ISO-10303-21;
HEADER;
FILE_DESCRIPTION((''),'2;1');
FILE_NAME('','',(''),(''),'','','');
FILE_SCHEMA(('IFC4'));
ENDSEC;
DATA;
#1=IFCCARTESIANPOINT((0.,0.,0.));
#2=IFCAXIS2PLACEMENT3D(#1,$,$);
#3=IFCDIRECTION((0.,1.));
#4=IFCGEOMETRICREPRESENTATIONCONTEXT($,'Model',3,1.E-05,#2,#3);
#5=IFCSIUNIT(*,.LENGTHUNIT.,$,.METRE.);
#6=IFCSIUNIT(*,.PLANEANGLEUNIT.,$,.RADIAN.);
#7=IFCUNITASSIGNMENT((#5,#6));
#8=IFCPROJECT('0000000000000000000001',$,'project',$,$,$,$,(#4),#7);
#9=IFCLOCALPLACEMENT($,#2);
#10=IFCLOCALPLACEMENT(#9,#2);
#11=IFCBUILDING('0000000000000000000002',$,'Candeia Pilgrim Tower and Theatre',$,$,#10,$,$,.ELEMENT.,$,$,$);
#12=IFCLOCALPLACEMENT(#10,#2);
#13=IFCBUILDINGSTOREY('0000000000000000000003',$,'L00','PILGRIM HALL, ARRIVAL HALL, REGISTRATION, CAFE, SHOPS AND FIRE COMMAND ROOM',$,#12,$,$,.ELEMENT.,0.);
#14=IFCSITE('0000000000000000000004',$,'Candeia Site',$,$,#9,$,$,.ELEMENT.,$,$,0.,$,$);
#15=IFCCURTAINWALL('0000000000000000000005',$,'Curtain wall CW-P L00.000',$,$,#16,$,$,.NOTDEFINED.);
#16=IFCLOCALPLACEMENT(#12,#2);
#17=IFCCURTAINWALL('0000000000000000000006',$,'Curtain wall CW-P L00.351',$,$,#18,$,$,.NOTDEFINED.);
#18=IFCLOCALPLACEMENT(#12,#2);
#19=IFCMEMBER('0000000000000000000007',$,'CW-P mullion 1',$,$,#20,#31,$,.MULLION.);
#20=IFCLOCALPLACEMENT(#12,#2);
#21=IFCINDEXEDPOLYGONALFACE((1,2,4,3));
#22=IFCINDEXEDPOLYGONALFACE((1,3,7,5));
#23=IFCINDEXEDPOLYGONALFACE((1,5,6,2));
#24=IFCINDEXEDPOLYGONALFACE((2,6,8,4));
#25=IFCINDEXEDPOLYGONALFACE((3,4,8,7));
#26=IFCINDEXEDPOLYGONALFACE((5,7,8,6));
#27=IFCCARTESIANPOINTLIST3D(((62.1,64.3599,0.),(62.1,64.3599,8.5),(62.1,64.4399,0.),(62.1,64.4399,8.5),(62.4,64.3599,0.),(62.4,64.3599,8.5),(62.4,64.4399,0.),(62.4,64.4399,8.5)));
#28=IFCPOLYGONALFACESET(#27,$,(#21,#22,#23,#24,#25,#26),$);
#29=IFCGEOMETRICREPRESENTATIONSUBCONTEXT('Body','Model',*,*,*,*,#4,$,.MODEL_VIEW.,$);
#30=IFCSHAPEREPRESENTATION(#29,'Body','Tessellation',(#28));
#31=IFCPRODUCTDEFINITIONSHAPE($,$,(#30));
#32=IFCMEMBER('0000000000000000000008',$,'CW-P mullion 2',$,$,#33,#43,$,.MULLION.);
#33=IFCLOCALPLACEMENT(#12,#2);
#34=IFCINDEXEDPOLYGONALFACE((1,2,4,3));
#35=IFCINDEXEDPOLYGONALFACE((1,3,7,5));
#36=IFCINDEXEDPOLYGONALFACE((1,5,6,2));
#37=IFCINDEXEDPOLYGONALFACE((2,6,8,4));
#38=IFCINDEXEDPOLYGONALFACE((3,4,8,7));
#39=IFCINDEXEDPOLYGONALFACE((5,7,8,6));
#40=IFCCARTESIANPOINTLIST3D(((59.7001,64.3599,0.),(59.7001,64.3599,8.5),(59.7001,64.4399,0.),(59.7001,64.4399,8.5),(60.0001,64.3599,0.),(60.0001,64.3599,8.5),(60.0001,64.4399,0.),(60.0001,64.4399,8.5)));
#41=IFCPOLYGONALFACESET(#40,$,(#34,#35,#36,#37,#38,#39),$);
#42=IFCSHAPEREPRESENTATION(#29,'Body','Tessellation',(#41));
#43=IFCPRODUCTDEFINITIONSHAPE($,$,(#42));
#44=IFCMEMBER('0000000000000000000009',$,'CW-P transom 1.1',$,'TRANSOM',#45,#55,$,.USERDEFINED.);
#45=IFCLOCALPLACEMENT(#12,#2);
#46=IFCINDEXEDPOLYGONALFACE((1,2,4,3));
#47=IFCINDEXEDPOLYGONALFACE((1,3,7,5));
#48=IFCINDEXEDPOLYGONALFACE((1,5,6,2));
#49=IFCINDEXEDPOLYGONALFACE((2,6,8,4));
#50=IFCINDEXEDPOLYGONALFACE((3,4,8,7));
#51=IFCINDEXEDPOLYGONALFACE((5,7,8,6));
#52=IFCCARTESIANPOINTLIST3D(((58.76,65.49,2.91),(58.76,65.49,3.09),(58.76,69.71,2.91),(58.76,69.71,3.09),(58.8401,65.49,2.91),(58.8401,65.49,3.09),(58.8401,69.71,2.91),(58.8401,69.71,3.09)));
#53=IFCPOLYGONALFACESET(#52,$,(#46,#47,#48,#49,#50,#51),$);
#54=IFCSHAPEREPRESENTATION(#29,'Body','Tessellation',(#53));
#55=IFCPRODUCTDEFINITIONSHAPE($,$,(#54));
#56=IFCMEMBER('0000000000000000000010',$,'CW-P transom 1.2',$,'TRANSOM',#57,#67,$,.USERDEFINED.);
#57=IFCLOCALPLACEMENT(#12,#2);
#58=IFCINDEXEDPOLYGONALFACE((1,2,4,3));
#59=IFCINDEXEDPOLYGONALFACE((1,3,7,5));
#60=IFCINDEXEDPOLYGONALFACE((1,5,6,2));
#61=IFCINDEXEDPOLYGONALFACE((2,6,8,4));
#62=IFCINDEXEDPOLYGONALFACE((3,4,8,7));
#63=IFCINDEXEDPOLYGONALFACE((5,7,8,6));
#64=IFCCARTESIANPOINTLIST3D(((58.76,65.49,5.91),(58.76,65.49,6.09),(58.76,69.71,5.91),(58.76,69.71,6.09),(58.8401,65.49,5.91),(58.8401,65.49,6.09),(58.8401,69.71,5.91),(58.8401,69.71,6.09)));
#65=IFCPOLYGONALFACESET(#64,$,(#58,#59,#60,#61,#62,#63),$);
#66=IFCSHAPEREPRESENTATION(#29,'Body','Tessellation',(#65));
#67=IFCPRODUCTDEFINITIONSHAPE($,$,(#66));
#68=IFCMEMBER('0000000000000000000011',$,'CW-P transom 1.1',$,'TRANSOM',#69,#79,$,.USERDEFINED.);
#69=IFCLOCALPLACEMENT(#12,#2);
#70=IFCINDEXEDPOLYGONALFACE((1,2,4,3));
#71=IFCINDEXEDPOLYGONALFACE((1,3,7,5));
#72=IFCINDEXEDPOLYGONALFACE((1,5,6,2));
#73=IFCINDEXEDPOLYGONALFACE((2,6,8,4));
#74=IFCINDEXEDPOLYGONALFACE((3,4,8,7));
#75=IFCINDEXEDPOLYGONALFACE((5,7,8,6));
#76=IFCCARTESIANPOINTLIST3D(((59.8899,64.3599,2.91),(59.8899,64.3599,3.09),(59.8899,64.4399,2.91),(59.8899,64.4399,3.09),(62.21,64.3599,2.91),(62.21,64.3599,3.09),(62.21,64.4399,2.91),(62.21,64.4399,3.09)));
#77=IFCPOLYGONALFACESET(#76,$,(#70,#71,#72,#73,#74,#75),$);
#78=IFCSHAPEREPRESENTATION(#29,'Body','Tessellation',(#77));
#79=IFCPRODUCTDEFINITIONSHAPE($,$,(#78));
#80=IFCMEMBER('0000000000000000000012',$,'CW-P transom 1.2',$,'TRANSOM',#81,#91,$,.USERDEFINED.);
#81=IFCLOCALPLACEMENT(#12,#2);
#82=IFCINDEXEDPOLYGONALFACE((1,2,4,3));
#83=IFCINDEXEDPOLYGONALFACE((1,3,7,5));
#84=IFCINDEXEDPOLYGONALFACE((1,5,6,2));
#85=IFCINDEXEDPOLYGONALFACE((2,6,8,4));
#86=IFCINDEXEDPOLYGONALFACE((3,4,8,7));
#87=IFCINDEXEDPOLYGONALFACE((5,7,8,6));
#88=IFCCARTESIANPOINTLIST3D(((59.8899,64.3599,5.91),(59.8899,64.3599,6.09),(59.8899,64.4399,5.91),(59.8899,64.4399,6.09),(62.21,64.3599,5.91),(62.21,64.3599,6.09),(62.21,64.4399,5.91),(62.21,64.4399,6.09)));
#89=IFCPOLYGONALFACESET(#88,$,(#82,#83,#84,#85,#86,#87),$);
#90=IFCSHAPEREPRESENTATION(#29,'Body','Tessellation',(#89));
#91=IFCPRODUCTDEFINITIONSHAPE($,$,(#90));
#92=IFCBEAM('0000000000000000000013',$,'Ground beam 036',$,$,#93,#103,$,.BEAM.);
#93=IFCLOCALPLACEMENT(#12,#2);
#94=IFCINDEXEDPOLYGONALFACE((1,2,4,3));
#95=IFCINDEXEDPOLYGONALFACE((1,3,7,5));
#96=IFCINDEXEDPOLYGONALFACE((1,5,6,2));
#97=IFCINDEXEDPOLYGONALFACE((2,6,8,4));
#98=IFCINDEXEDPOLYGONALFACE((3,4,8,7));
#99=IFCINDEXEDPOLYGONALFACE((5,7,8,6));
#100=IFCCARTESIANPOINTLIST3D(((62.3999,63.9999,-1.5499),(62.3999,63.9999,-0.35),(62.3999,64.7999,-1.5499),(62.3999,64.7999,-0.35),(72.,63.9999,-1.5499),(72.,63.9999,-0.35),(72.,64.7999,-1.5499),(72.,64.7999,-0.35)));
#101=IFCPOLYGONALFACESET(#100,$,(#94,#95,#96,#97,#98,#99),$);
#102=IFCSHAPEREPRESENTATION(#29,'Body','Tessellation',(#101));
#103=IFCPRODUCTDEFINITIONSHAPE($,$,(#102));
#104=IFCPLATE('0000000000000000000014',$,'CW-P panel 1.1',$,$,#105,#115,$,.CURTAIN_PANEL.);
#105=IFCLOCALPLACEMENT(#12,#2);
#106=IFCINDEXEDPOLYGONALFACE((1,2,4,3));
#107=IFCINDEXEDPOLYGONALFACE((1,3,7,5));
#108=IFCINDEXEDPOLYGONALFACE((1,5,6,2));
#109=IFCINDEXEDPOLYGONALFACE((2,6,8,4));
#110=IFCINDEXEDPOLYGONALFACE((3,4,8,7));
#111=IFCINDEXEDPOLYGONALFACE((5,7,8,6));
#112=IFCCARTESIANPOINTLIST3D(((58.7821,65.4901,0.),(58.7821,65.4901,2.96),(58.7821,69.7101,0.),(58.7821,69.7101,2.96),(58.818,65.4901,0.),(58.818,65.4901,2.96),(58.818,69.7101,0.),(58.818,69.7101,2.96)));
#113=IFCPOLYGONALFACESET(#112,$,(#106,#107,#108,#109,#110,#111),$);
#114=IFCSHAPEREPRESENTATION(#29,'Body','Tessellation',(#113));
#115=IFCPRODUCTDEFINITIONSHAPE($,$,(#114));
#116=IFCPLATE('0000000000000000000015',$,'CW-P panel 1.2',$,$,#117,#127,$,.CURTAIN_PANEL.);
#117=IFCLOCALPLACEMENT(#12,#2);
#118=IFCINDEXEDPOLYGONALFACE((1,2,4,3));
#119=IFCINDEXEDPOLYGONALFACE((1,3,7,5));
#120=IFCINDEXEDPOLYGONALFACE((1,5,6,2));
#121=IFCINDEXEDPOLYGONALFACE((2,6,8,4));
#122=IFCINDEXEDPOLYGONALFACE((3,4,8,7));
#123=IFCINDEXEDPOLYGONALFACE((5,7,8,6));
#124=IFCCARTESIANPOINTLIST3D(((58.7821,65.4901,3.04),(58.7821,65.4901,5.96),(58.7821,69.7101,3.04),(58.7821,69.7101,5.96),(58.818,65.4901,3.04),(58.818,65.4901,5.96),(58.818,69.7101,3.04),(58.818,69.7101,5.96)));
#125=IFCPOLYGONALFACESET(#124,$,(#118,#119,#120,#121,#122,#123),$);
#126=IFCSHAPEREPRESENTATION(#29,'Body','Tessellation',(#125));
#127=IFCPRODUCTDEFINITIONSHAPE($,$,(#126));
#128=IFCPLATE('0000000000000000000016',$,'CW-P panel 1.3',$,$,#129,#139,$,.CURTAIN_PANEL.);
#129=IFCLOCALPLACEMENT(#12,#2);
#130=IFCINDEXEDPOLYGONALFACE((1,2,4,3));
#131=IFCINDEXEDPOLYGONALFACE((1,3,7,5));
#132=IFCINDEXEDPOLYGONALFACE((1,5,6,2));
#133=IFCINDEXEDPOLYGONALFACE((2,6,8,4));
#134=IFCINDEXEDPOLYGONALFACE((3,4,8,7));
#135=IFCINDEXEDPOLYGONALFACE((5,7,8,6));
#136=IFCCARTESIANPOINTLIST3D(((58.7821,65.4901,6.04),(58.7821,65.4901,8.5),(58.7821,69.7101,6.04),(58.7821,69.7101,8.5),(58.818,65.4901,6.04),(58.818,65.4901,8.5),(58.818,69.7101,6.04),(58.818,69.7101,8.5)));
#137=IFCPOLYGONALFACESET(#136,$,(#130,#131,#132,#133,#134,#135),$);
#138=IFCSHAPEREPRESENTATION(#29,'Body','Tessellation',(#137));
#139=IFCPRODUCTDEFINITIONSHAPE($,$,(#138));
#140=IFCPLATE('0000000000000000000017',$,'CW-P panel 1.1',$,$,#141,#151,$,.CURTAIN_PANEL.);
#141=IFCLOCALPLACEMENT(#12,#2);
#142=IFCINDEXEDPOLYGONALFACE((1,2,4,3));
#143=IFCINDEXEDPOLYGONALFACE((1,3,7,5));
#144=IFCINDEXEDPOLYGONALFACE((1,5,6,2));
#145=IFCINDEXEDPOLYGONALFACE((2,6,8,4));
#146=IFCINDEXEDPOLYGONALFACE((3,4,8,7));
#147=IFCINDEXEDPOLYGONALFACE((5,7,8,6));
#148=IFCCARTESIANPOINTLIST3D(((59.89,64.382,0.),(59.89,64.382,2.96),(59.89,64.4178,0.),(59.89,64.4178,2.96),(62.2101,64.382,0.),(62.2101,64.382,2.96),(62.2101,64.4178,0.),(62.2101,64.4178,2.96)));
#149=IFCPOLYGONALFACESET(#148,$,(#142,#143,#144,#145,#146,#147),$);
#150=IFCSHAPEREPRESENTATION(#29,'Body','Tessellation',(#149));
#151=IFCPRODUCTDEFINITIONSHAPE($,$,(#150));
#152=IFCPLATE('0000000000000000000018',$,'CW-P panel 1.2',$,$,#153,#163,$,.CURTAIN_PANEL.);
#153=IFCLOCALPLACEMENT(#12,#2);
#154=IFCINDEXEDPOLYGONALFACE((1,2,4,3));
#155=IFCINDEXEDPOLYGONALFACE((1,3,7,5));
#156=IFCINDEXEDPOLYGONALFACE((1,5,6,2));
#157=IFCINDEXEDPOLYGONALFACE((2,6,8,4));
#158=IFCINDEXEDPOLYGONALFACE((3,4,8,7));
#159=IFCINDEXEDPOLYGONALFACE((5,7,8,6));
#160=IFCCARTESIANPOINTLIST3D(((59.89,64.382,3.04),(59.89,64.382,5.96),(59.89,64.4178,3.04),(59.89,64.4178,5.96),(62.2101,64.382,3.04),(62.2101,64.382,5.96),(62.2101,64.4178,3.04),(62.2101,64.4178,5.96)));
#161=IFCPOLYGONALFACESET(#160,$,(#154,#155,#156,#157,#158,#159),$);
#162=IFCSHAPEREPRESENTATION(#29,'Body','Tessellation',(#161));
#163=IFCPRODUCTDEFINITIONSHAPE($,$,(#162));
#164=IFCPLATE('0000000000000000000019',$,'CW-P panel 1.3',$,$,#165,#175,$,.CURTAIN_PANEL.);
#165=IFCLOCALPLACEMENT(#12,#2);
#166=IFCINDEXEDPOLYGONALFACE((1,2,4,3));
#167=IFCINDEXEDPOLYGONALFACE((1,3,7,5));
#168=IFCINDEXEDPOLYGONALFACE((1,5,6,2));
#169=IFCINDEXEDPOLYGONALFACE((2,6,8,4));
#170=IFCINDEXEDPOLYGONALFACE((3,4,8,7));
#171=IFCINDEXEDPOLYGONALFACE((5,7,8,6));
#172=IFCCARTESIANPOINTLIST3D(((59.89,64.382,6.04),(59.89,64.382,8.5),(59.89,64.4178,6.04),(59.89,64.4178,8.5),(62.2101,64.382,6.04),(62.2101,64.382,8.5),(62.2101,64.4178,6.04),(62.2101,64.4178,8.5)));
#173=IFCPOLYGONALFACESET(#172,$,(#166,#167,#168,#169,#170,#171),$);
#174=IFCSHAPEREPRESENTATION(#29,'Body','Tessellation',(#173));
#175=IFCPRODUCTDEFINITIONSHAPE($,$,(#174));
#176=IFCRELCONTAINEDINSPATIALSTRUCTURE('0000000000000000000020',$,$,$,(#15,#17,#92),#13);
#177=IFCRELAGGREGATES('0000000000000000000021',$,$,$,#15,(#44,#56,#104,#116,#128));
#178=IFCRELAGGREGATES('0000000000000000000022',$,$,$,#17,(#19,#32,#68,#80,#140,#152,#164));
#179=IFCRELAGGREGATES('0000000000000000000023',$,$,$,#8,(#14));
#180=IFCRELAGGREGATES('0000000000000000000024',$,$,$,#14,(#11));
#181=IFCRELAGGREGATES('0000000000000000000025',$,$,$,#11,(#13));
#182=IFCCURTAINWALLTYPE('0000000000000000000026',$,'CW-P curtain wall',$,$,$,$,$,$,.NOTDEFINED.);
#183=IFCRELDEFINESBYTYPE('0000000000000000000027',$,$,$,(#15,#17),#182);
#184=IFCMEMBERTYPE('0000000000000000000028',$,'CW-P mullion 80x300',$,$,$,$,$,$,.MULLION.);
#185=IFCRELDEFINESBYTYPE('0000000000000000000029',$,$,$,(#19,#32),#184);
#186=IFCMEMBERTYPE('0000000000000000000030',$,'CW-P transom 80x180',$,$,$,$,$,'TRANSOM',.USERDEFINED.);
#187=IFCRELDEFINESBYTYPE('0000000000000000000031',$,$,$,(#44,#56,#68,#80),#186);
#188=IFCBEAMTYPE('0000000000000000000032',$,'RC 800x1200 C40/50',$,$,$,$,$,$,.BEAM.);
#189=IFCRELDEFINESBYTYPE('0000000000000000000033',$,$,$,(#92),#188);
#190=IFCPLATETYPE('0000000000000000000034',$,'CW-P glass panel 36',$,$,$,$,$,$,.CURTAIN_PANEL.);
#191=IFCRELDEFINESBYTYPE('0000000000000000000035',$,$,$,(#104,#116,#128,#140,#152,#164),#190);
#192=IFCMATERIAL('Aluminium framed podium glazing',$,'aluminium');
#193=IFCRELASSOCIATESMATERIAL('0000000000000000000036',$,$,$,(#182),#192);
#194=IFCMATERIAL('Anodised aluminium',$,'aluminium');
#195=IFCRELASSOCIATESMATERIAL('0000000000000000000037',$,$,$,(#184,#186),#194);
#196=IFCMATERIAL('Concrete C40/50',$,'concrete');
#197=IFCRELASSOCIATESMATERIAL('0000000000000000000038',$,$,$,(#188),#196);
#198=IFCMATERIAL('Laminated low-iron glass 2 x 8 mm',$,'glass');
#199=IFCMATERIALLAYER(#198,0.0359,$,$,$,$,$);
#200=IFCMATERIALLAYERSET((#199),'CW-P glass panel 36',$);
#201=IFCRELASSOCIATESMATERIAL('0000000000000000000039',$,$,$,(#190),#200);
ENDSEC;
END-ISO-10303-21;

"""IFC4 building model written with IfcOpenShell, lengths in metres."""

from ifc_helpers import new_model, si_unit, direction, frame, origin, origin_2d, place, context, subcontext, project, spatial, rectangle, extrude, material, layer, layer_set, material_profile, profile_set, type_object, element, aggregate, save


model = new_model("IFC4")

# Units and contexts
model_context = context("Model", 3, precision=1e-05, world=origin(), true_north=direction((0.0, 1.0)))
body_context = subcontext(model_context, "Body", "Model", "MODEL_VIEW")
ifc_project = project(units=[si_unit("LENGTHUNIT", "METRE"), si_unit("PLANEANGLEUNIT", "RADIAN")], contexts=[model_context])

# Site, building, storey
site_placement = place(None, origin())
site = spatial("IfcSite", under=ifc_project, at=site_placement, Name="Candeia Site", CompositionType="ELEMENT", RefElevation=0.0)
building_placement = place(site_placement, origin())
building = spatial("IfcBuilding", under=site, at=building_placement, Name="Candeia Pilgrim Tower and Theatre", CompositionType="ELEMENT")
storey_placement = place(building_placement, origin())
storey = spatial("IfcBuildingStorey", under=building, at=storey_placement, Name="L00", Description="PILGRIM HALL, ARRIVAL HALL, REGISTRATION, CAFE, SHOPS AND FIRE COMMAND ROOM", CompositionType="ELEMENT", Elevation=0.0)

# Shared definitions
ifc_material_1 = material(Name="Concrete C40/50", Category="concrete")

# Curtain wall
ifc_material_2 = material(Name="Aluminium framed podium glazing", Category="aluminium")
curtain_wall_type = type_object("IfcCurtainWallType", Name="CW-P curtain wall", PredefinedType="NOTDEFINED", material=ifc_material_2)
curtain_wall_1_placement = place(storey_placement, origin())
curtain_wall_1 = element("IfcCurtainWall", 1, at=curtain_wall_1_placement, inside=storey, type_object=curtain_wall_type, Name="Curtain wall CW-P L00.000", PredefinedType="NOTDEFINED")
ifc_material_3 = material(Name="Anodised aluminium", Category="aluminium")
ifc_material_profile_1 = material_profile(ifc_material_3, rectangle(XDim=0.0801, YDim=0.3, at=origin_2d()))
ifc_profile_set_1 = profile_set([ifc_material_profile_1], Name="Anodised aluminium")
member_type_1 = type_object("IfcMemberType", Name="CW-P mullion 80x300", PredefinedType="MULLION", material=ifc_profile_set_1)

# Curtain wall, members
curtain_wall_2_placement = place(storey_placement, origin())
curtain_wall_2 = element("IfcCurtainWall", 2, at=curtain_wall_2_placement, inside=storey, type_object=curtain_wall_type, Name="Curtain wall CW-P L00.351", PredefinedType="NOTDEFINED")
member_1_placement = place(storey_placement, frame((62.25, 64.3999, 0.0), z_axis=(0.0, 0.0, 1.0), x_axis=(0.0, -1.0, 0.0)))
member_1 = element("IfcMember", 3, at=member_1_placement, type_object=member_type_1, Name="CW-P mullion 1", PredefinedType="MULLION", context=body_context, shape_type="SweptSolid", body=[
    extrude(rectangle(XDim=0.0801, YDim=0.3, at=origin_2d()), origin(), (0.0, 0.0, 1.0), 8.5),
])
member_2_placement = place(storey_placement, frame((59.8501, 64.3999, 0.0), z_axis=(0.0, 0.0, 1.0), x_axis=(0.0, -1.0, 0.0)))
member_2 = element("IfcMember", 4, at=member_2_placement, type_object=member_type_1, Name="CW-P mullion 2", PredefinedType="MULLION", context=body_context, shape_type="SweptSolid", body=[
    extrude(rectangle(XDim=0.0801, YDim=0.3, at=origin_2d()), origin(), (0.0, 0.0, 1.0), 8.5),
])

# Members
ifc_material_profile_2 = material_profile(ifc_material_3, rectangle(XDim=0.0801, YDim=0.1799, at=origin_2d()))
ifc_profile_set_2 = profile_set([ifc_material_profile_2], Name="Anodised aluminium")
member_type_2 = type_object("IfcMemberType", Name="CW-P transom 80x180", ElementType="TRANSOM", PredefinedType="USERDEFINED", material=ifc_profile_set_2)
member_3_placement = place(storey_placement, frame((58.8, 65.49, 3.0), z_axis=(0.0, 1.0, 0.0), x_axis=(-1.0, 0.0, 0.0)))
member_3 = element("IfcMember", 5, at=member_3_placement, type_object=member_type_2, Name="CW-P transom 1.1", ObjectType="TRANSOM", PredefinedType="USERDEFINED", context=body_context, shape_type="SweptSolid", body=[
    extrude(rectangle(XDim=0.0801, YDim=0.1799, at=origin_2d()), origin(), (0.0, 0.0, 1.0), 4.22),
])
member_4_placement = place(storey_placement, frame((58.8, 65.49, 6.0), z_axis=(0.0, 1.0, 0.0), x_axis=(-1.0, 0.0, 0.0)))
member_4 = element("IfcMember", 6, at=member_4_placement, type_object=member_type_2, Name="CW-P transom 1.2", ObjectType="TRANSOM", PredefinedType="USERDEFINED", context=body_context, shape_type="SweptSolid", body=[
    extrude(rectangle(XDim=0.0801, YDim=0.1799, at=origin_2d()), origin(), (0.0, 0.0, 1.0), 4.22),
])
member_5_placement = place(storey_placement, frame((62.21, 64.3999, 3.0), z_axis=(-1.0, 0.0, 0.0), x_axis=(0.0, -1.0, 0.0)))
member_5 = element("IfcMember", 7, at=member_5_placement, type_object=member_type_2, Name="CW-P transom 1.1", ObjectType="TRANSOM", PredefinedType="USERDEFINED", context=body_context, shape_type="SweptSolid", body=[
    extrude(rectangle(XDim=0.0801, YDim=0.1799, at=origin_2d()), origin(), (0.0, 0.0, 1.0), 2.3201),
])
member_6_placement = place(storey_placement, frame((62.21, 64.3999, 6.0), z_axis=(-1.0, 0.0, 0.0), x_axis=(0.0, -1.0, 0.0)))
member_6 = element("IfcMember", 8, at=member_6_placement, type_object=member_type_2, Name="CW-P transom 1.2", ObjectType="TRANSOM", PredefinedType="USERDEFINED", context=body_context, shape_type="SweptSolid", body=[
    extrude(rectangle(XDim=0.0801, YDim=0.1799, at=origin_2d()), origin(), (0.0, 0.0, 1.0), 2.3201),
])

# Beam
ifc_material_profile_3 = material_profile(ifc_material_1, rectangle(XDim=0.8, YDim=1.2, at=origin_2d()))
ifc_profile_set_3 = profile_set([ifc_material_profile_3], Name="Concrete C40/50")
beam_type = type_object("IfcBeamType", Name="RC 800x1200 C40/50", PredefinedType="BEAM", material=ifc_profile_set_3)
beam_placement = place(storey_placement, frame((72.0, 64.3999, -0.95), z_axis=(-1.0, 0.0, 0.0), x_axis=(0.0, -1.0, 0.0)))
element("IfcBeam", 9, at=beam_placement, inside=storey, type_object=beam_type, Name="Ground beam 036", PredefinedType="BEAM", context=body_context, shape_type="SweptSolid", body=[
    extrude(rectangle(XDim=0.8, YDim=1.2, at=origin_2d()), origin(), (0.0, 0.0, 1.0), 9.6001),
])

# Plates
ifc_material_4 = material(Name="Laminated low-iron glass 2 x 8 mm", Category="glass")
ifc_layer_1 = layer(ifc_material_4, 0.0359)
ifc_layer_set_1 = layer_set([ifc_layer_1], Name="CW-P glass panel 36")
plate_type = type_object("IfcPlateType", Name="CW-P glass panel 36", PredefinedType="CURTAIN_PANEL", material=ifc_layer_set_1)
plate_1_placement = place(storey_placement, frame((58.8, 67.6001, 0.0), z_axis=(0.0, 0.0, 1.0), x_axis=(0.0, 1.0, 0.0)))
plate_1 = element("IfcPlate", 10, at=plate_1_placement, type_object=plate_type, Name="CW-P panel 1.1", PredefinedType="CURTAIN_PANEL", context=body_context, shape_type="SweptSolid", body=[
    extrude(rectangle(XDim=4.22, YDim=0.0359, at=origin_2d()), origin(), (0.0, 0.0, 1.0), 2.96),
])
plate_2_placement = place(storey_placement, frame((58.8, 67.6001, 3.04), z_axis=(0.0, 0.0, 1.0), x_axis=(0.0, 1.0, 0.0)))
plate_2 = element("IfcPlate", 11, at=plate_2_placement, type_object=plate_type, Name="CW-P panel 1.2", PredefinedType="CURTAIN_PANEL", context=body_context, shape_type="SweptSolid", body=[
    extrude(rectangle(XDim=4.22, YDim=0.0359, at=origin_2d()), origin(), (0.0, 0.0, 1.0), 2.9199),
])
plate_3_placement = place(storey_placement, frame((58.8, 67.6001, 6.04), z_axis=(0.0, 0.0, 1.0), x_axis=(0.0, 1.0, 0.0)))
plate_3 = element("IfcPlate", 12, at=plate_3_placement, type_object=plate_type, Name="CW-P panel 1.3", PredefinedType="CURTAIN_PANEL", context=body_context, shape_type="SweptSolid", body=[
    extrude(rectangle(XDim=4.22, YDim=0.0359, at=origin_2d()), origin(), (0.0, 0.0, 1.0), 2.46),
])
aggregate(curtain_wall_1, [member_3, member_4, plate_1, plate_2, plate_3])
plate_4_placement = place(storey_placement, frame((61.05, 64.3999, 0.0), z_axis=(0.0, 0.0, 1.0), x_axis=(-1.0, 0.0, 0.0)))
plate_4 = element("IfcPlate", 13, at=plate_4_placement, type_object=plate_type, Name="CW-P panel 1.1", PredefinedType="CURTAIN_PANEL", context=body_context, shape_type="SweptSolid", body=[
    extrude(rectangle(XDim=2.3201, YDim=0.0359, at=origin_2d()), origin(), (0.0, 0.0, 1.0), 2.96),
])
plate_5_placement = place(storey_placement, frame((61.05, 64.3999, 3.04), z_axis=(0.0, 0.0, 1.0), x_axis=(-1.0, 0.0, 0.0)))
plate_5 = element("IfcPlate", 14, at=plate_5_placement, type_object=plate_type, Name="CW-P panel 1.2", PredefinedType="CURTAIN_PANEL", context=body_context, shape_type="SweptSolid", body=[
    extrude(rectangle(XDim=2.3201, YDim=0.0359, at=origin_2d()), origin(), (0.0, 0.0, 1.0), 2.9199),
])
plate_6_placement = place(storey_placement, frame((61.05, 64.3999, 6.04), z_axis=(0.0, 0.0, 1.0), x_axis=(-1.0, 0.0, 0.0)))
plate_6 = element("IfcPlate", 15, at=plate_6_placement, type_object=plate_type, Name="CW-P panel 1.3", PredefinedType="CURTAIN_PANEL", context=body_context, shape_type="SweptSolid", body=[
    extrude(rectangle(XDim=2.3201, YDim=0.0359, at=origin_2d()), origin(), (0.0, 0.0, 1.0), 2.46),
])
aggregate(curtain_wall_2, [member_1, member_2, member_5, member_6, plate_4, plate_5, plate_6])

save(model, "model.ifc")
